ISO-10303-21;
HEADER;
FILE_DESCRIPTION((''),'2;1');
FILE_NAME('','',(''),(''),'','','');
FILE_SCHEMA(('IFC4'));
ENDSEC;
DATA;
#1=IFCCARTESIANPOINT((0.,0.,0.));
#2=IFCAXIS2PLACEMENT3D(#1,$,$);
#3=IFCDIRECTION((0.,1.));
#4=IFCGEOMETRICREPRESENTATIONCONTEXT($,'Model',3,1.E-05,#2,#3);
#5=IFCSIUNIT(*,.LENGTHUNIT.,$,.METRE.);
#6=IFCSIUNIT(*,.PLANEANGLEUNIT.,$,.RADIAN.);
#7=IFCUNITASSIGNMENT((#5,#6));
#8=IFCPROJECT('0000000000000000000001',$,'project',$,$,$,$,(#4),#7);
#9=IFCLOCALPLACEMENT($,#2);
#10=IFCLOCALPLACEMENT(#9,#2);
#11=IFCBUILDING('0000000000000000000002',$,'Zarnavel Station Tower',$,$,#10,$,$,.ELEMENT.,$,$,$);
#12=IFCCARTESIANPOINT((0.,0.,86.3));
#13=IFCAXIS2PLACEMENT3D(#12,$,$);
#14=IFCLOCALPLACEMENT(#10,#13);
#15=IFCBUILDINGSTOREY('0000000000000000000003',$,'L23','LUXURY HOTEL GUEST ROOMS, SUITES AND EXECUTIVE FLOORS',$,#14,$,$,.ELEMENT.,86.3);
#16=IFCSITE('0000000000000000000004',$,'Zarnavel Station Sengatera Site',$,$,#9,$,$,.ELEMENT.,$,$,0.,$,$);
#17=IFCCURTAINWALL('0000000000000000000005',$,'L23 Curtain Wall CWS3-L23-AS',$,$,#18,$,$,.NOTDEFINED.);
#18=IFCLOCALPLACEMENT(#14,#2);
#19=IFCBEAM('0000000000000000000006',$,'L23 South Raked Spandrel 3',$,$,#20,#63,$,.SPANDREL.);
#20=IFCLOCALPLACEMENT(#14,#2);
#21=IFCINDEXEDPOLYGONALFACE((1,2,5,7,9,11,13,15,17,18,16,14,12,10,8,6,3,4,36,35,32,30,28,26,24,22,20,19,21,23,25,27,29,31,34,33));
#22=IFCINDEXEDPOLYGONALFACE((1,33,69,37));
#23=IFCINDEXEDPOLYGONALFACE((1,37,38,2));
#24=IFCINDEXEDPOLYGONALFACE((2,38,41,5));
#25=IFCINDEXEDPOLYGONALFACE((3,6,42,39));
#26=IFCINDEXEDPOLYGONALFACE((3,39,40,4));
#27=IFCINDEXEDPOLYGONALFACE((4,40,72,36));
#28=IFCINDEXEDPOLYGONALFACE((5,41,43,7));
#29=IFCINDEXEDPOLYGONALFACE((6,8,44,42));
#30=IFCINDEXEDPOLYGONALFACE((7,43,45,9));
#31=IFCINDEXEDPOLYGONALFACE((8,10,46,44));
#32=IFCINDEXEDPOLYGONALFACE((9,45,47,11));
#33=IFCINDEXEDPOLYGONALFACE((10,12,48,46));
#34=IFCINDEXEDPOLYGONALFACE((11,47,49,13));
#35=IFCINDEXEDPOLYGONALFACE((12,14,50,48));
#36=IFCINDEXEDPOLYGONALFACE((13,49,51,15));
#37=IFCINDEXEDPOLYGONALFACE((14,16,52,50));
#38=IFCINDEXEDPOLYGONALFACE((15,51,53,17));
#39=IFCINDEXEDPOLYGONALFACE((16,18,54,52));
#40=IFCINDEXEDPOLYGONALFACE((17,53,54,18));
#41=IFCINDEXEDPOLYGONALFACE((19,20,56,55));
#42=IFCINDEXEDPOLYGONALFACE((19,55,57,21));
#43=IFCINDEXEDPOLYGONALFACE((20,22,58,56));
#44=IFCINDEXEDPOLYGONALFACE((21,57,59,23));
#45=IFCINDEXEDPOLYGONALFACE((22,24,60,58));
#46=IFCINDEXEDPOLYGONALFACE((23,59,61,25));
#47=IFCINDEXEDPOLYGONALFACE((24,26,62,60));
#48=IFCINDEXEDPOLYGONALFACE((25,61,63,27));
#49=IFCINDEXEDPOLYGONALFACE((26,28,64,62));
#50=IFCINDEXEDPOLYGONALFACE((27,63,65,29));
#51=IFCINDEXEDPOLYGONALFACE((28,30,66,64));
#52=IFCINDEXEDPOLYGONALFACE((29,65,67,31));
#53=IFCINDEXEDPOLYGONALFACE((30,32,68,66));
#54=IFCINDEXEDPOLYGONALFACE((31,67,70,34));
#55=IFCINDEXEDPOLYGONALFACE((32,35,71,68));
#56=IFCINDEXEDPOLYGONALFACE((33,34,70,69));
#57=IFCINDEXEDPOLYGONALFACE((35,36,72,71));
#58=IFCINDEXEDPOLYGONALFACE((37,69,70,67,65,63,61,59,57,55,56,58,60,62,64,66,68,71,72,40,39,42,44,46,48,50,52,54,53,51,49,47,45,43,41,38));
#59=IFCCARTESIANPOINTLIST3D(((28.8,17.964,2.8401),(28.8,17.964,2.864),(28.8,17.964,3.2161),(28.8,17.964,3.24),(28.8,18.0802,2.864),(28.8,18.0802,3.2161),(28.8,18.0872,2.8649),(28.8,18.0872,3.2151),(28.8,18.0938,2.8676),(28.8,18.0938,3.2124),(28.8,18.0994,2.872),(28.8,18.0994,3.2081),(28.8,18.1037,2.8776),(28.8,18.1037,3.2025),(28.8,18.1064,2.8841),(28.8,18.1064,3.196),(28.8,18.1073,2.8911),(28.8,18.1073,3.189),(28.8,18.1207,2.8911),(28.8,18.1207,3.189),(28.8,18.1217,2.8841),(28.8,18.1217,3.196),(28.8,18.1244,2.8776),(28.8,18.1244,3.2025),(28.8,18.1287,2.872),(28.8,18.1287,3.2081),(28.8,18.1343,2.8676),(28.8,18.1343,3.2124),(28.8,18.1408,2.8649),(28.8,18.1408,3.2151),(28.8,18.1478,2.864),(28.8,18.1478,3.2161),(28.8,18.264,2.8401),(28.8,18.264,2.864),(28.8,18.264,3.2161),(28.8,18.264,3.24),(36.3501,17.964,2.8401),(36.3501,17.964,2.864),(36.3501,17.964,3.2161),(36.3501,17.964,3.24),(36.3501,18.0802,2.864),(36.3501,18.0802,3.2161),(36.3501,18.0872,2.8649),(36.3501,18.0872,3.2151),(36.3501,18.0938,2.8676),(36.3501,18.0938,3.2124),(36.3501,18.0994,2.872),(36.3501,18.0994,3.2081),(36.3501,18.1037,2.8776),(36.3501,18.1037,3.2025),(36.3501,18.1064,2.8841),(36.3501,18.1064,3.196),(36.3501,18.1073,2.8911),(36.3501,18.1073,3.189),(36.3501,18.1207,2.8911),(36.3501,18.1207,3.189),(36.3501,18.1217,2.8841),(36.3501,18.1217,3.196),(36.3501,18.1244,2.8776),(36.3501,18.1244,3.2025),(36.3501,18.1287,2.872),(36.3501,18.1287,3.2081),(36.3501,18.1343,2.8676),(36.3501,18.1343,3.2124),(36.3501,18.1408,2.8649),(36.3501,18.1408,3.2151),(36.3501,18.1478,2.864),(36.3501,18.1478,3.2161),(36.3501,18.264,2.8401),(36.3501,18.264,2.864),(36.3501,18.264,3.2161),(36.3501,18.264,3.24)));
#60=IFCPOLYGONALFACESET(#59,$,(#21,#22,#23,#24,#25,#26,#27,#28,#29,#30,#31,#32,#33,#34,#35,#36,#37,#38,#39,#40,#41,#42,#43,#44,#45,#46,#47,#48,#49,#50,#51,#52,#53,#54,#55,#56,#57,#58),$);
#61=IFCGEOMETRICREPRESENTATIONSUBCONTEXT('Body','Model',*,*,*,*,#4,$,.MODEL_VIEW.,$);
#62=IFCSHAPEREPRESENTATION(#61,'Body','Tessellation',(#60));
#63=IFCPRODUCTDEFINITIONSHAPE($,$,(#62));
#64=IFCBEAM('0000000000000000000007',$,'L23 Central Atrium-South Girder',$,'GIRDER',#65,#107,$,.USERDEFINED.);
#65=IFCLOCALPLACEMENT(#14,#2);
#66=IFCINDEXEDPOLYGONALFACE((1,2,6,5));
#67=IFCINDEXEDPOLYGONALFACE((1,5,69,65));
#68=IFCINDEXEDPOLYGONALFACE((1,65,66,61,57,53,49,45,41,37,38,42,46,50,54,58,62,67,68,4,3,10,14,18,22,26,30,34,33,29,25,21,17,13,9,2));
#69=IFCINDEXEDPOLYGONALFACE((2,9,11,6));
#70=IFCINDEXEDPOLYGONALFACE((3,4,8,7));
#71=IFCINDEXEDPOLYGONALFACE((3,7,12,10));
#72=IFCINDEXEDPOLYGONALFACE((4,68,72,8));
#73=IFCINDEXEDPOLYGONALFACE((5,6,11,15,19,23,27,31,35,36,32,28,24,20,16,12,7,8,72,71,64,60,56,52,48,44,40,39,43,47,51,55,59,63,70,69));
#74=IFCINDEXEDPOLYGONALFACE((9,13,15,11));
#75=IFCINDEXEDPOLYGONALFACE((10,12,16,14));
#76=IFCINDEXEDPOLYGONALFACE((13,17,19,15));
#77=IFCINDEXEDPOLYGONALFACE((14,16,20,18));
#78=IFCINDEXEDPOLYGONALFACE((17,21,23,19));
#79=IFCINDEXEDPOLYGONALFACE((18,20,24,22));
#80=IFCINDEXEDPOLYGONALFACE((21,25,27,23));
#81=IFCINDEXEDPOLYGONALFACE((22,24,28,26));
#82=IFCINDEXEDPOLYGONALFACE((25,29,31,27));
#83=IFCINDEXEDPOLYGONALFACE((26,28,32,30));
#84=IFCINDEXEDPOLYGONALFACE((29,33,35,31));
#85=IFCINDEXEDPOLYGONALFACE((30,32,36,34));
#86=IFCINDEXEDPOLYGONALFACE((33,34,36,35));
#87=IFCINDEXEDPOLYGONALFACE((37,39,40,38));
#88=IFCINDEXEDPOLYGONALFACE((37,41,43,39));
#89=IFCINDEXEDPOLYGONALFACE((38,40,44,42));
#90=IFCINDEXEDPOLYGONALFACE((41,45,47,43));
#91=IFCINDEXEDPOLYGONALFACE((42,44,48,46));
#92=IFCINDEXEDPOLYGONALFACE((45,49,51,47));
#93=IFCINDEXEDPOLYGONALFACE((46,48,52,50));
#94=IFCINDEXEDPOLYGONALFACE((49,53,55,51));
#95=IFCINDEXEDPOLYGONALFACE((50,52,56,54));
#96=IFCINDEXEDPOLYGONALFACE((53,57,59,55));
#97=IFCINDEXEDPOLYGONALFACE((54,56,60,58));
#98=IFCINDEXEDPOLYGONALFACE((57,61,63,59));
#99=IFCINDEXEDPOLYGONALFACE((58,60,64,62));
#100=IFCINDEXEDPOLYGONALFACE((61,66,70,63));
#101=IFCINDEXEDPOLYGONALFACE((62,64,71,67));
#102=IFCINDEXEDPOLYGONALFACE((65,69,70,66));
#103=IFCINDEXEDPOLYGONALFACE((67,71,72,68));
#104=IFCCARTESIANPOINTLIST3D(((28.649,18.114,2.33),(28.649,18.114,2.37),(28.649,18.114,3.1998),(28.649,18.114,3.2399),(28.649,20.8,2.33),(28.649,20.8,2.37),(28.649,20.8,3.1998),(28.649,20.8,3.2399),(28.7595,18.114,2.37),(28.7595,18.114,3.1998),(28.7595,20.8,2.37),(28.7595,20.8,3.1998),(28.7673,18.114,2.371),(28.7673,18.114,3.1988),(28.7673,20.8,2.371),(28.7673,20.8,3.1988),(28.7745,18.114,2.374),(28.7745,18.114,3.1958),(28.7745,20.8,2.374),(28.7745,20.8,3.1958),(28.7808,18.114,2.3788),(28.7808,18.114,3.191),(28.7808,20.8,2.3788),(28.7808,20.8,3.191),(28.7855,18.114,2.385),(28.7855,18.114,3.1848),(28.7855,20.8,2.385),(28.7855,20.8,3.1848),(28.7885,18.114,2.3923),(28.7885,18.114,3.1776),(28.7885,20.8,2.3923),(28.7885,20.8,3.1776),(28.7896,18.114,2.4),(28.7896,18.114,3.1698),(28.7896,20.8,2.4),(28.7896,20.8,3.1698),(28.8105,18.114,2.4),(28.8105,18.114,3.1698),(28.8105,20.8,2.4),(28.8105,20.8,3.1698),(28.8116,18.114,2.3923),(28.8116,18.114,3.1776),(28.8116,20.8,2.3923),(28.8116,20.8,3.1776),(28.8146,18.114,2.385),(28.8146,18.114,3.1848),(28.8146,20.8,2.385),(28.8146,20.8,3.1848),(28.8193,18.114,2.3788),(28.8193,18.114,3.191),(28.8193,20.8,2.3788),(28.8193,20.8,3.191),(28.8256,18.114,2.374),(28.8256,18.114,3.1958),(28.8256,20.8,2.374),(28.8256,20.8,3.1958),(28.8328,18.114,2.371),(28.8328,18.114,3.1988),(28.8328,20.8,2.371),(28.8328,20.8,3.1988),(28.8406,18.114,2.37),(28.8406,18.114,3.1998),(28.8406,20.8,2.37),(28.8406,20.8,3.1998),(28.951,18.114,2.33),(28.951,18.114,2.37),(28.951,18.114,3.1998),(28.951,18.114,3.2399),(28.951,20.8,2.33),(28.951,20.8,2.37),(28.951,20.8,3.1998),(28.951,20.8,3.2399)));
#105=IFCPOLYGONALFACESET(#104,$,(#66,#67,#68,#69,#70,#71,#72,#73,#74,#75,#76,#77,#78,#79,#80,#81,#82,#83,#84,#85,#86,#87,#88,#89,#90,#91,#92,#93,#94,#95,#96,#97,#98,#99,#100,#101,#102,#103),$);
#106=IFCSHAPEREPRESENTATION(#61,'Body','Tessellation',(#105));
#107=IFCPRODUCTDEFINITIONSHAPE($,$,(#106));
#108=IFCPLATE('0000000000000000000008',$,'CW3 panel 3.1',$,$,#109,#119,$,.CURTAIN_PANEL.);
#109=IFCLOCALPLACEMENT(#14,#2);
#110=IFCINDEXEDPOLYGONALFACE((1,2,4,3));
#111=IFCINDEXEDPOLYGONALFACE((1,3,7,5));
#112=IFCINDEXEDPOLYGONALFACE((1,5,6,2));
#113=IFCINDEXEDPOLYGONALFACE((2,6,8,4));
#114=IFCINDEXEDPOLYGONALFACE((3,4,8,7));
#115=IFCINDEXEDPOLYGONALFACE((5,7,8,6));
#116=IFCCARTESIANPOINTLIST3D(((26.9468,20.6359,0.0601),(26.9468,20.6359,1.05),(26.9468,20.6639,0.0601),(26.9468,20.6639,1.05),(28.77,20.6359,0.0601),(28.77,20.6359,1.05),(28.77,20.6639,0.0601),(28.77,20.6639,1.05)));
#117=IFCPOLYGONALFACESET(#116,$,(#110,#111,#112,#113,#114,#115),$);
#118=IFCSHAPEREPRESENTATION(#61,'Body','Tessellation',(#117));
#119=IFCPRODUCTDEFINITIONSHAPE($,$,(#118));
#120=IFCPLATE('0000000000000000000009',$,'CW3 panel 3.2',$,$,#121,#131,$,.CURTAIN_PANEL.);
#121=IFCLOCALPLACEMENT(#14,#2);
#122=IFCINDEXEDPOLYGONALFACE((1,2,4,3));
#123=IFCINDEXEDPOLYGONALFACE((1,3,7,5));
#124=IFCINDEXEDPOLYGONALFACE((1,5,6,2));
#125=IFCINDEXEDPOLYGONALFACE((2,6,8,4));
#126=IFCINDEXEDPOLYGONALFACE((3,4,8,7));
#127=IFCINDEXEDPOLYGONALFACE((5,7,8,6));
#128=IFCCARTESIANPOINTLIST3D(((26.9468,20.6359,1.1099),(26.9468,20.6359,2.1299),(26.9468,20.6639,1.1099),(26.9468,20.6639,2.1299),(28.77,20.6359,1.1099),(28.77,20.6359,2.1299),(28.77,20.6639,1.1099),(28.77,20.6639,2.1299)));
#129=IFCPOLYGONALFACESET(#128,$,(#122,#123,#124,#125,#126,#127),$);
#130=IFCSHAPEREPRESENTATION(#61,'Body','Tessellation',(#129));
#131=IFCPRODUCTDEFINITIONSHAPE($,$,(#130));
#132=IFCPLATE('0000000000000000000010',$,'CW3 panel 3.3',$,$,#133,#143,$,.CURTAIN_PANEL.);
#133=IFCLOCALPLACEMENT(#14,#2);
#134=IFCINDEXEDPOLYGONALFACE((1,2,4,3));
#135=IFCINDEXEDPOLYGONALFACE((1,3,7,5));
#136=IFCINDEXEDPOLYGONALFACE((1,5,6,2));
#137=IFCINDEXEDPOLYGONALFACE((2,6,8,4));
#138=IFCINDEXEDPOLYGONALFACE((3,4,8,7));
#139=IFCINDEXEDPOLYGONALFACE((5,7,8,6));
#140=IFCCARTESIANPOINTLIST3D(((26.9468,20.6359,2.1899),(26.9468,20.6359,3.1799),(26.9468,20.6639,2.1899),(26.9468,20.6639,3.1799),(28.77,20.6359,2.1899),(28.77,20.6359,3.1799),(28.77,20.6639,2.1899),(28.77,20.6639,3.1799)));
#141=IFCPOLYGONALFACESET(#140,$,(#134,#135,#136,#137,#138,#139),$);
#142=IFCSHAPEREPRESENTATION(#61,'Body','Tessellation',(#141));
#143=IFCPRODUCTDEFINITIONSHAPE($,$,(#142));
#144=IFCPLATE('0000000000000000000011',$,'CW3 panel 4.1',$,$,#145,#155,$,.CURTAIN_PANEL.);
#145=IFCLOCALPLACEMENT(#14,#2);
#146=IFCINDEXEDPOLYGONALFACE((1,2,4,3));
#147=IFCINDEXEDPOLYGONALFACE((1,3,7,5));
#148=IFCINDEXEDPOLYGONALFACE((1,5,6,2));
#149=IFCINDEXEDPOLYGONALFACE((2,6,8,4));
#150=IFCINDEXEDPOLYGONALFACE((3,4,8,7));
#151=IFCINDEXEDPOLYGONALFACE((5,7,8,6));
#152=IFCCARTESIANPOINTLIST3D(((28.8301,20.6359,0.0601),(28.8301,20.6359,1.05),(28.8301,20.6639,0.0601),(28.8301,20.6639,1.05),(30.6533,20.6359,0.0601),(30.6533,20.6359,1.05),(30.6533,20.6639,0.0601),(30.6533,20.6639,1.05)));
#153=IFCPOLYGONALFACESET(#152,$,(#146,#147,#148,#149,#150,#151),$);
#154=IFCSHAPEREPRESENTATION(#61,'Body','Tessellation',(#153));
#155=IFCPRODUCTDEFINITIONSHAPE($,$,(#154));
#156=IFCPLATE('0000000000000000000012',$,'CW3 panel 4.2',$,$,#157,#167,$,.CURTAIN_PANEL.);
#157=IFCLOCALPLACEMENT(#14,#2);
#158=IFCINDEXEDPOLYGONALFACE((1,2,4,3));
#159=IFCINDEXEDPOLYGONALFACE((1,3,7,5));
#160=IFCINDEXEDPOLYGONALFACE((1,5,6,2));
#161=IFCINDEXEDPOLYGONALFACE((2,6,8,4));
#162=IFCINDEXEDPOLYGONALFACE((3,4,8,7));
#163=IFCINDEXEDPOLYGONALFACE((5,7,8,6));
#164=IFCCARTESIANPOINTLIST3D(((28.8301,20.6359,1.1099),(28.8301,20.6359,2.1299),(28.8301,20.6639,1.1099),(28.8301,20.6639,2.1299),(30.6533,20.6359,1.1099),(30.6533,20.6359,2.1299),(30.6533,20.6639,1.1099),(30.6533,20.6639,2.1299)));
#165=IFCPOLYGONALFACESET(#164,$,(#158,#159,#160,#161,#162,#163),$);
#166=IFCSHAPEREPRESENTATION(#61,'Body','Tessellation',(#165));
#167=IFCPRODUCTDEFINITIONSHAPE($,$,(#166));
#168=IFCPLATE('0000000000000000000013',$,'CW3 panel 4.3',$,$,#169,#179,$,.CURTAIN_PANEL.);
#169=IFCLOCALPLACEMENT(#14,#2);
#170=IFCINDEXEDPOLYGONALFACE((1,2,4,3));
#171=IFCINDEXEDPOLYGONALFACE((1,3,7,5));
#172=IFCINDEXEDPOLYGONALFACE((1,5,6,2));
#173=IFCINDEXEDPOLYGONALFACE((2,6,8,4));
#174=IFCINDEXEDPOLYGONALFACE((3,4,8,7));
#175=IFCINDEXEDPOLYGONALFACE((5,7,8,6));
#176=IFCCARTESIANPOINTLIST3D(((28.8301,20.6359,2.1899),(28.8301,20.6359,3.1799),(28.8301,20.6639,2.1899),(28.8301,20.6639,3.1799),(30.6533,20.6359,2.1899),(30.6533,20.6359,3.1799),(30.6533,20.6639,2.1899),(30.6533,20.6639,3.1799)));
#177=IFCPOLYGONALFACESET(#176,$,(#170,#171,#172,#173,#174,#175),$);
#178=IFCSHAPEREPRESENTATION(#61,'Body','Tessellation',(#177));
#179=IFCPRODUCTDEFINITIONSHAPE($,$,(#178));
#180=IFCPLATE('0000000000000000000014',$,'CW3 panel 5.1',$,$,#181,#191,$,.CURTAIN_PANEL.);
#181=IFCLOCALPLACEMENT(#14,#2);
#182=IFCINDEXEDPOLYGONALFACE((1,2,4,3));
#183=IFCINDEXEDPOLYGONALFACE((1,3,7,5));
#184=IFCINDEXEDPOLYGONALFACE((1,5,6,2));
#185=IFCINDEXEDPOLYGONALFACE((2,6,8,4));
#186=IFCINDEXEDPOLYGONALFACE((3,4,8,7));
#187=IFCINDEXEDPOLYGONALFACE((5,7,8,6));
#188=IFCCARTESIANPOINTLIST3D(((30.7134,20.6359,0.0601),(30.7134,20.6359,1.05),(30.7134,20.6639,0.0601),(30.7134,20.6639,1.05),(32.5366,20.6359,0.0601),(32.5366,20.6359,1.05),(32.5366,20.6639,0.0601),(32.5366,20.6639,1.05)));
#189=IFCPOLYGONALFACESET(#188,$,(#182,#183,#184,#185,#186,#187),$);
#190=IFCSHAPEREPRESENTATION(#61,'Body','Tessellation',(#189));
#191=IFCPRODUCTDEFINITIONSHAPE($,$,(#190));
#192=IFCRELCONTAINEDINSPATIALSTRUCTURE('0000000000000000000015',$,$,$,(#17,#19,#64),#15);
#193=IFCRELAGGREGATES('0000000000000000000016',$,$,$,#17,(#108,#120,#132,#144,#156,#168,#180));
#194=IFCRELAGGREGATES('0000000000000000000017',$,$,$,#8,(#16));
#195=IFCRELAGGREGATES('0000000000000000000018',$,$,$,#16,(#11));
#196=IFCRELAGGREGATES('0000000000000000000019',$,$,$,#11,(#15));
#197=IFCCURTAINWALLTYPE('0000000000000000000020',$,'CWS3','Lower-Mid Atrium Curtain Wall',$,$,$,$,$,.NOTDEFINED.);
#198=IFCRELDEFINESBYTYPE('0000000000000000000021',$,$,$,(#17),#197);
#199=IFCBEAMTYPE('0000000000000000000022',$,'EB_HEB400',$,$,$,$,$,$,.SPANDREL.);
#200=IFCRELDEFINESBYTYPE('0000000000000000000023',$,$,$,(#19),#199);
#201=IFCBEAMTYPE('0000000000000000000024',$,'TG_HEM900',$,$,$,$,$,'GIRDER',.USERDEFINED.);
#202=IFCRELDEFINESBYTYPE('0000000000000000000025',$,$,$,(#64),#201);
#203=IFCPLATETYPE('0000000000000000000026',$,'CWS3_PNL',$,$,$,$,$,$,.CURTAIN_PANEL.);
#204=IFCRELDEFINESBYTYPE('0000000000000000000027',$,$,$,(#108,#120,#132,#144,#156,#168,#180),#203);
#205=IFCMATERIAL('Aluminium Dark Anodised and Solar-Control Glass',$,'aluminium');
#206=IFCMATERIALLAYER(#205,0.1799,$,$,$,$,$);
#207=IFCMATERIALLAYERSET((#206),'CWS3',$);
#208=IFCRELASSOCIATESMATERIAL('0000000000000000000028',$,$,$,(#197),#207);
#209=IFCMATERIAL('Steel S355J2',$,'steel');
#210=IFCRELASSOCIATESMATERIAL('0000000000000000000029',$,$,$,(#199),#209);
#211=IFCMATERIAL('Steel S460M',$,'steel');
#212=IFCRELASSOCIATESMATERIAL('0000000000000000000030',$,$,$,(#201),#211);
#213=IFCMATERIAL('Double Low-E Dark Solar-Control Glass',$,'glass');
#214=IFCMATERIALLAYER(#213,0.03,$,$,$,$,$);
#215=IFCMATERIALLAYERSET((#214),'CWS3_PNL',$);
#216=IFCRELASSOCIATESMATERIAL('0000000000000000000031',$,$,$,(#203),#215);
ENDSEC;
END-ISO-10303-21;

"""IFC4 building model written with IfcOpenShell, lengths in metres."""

from ifc_helpers import new_model, si_unit, direction, frame, origin, origin_2d, place, context, subcontext, project, spatial, rectangle, i_section, extrude, material, layer, layer_set, material_profile, profile_set, type_object, element, aggregate, save


model = new_model("IFC4")

# Units and contexts
model_context = context("Model", 3, precision=1e-05, world=origin(), true_north=direction((0.0, 1.0)))
body_context = subcontext(model_context, "Body", "Model", "MODEL_VIEW")
ifc_project = project(units=[si_unit("LENGTHUNIT", "METRE"), si_unit("PLANEANGLEUNIT", "RADIAN")], contexts=[model_context])

# Site, building, storey
site_placement = place(None, origin())
site = spatial("IfcSite", under=ifc_project, at=site_placement, Name="Zarnavel Station Sengatera Site", CompositionType="ELEMENT", RefElevation=0.0)
building_placement = place(site_placement, origin())
building = spatial("IfcBuilding", under=site, at=building_placement, Name="Zarnavel Station Tower", CompositionType="ELEMENT")
storey_placement = place(building_placement, frame((0.0, 0.0, 86.3)))
storey = spatial("IfcBuildingStorey", under=building, at=storey_placement, Name="L23", Description="LUXURY HOTEL GUEST ROOMS, SUITES AND EXECUTIVE FLOORS", CompositionType="ELEMENT", Elevation=86.3)

# Curtain wall
ifc_material_1 = material(Name="Aluminium Dark Anodised and Solar-Control Glass", Category="aluminium")
ifc_layer_1 = layer(ifc_material_1, 0.1799)
ifc_layer_set_1 = layer_set([ifc_layer_1], Name="CWS3")
curtain_wall_type = type_object("IfcCurtainWallType", Name="CWS3", Description="Lower-Mid Atrium Curtain Wall", PredefinedType="NOTDEFINED", material=ifc_layer_set_1)
curtain_wall_placement = place(storey_placement, origin())
curtain_wall = element("IfcCurtainWall", 1, at=curtain_wall_placement, inside=storey, type_object=curtain_wall_type, Name="L23 Curtain Wall CWS3-L23-AS", PredefinedType="NOTDEFINED")

# Beams
ifc_material_2 = material(Name="Steel S355J2", Category="steel")
ifc_material_profile_1 = material_profile(ifc_material_2, i_section(OverallWidth=0.3, OverallDepth=0.3999, WebThickness=0.0134, FlangeThickness=0.0239, FilletRadius=0.0271, at=origin_2d()), Name="HEB400")
ifc_profile_set_1 = profile_set([ifc_material_profile_1], Name="Steel S355J2")
beam_type_1 = type_object("IfcBeamType", Name="EB_HEB400", PredefinedType="SPANDREL", material=ifc_profile_set_1)
beam_1_placement = place(storey_placement, frame((28.8, 18.114, 3.04), z_axis=(1.0, 0.0, 0.0), x_axis=(0.0, 1.0, 0.0)))
element("IfcBeam", 2, at=beam_1_placement, inside=storey, type_object=beam_type_1, Name="L23 South Raked Spandrel 3", PredefinedType="SPANDREL", context=body_context, shape_type="SweptSolid", body=[
    extrude(i_section(OverallWidth=0.3, OverallDepth=0.3999, WebThickness=0.0134, FlangeThickness=0.0239, FilletRadius=0.0271, at=origin_2d()), origin(), (0.0, 0.0, 1.0), 7.55),
])
ifc_material_3 = material(Name="Steel S460M", Category="steel")
ifc_material_profile_2 = material_profile(ifc_material_3, i_section(OverallWidth=0.302, OverallDepth=0.9099, WebThickness=0.021, FlangeThickness=0.04, FilletRadius=0.03, at=origin_2d()), Name="HEM900")
ifc_profile_set_2 = profile_set([ifc_material_profile_2], Name="Steel S460M")
beam_type_2 = type_object("IfcBeamType", Name="TG_HEM900", ElementType="GIRDER", PredefinedType="USERDEFINED", material=ifc_profile_set_2)
beam_2_placement = place(storey_placement, frame((28.8, 18.114, 2.7849), z_axis=(0.0, 1.0, 0.0), x_axis=(-1.0, 0.0, 0.0)))
element("IfcBeam", 3, at=beam_2_placement, inside=storey, type_object=beam_type_2, Name="L23 Central Atrium-South Girder", ObjectType="GIRDER", PredefinedType="USERDEFINED", context=body_context, shape_type="SweptSolid", body=[
    extrude(i_section(OverallWidth=0.302, OverallDepth=0.9099, WebThickness=0.021, FlangeThickness=0.04, FilletRadius=0.03, at=origin_2d()), origin(), (0.0, 0.0, 1.0), 2.686),
])

# Plates
ifc_material_4 = material(Name="Double Low-E Dark Solar-Control Glass", Category="glass")
ifc_layer_2 = layer(ifc_material_4, 0.03)
ifc_layer_set_2 = layer_set([ifc_layer_2], Name="CWS3_PNL")
plate_type = type_object("IfcPlateType", Name="CWS3_PNL", PredefinedType="CURTAIN_PANEL", material=ifc_layer_set_2)
plate_1_placement = place(storey_placement, frame((27.8584, 20.6499, 0.0601), z_axis=(0.0, 0.0, 1.0), x_axis=(1.0, 0.0, 0.0)))
plate_1 = element("IfcPlate", 4, at=plate_1_placement, type_object=plate_type, Name="CW3 panel 3.1", PredefinedType="CURTAIN_PANEL", context=body_context, shape_type="SweptSolid", body=[
    extrude(rectangle(XDim=1.8232, YDim=0.0281, at=origin_2d()), origin(), (0.0, 0.0, 1.0), 0.99),
])
plate_2_placement = place(storey_placement, frame((27.8584, 20.6499, 1.1099), z_axis=(0.0, 0.0, 1.0), x_axis=(1.0, 0.0, 0.0)))
plate_2 = element("IfcPlate", 5, at=plate_2_placement, type_object=plate_type, Name="CW3 panel 3.2", PredefinedType="CURTAIN_PANEL", context=body_context, shape_type="SweptSolid", body=[
    extrude(rectangle(XDim=1.8232, YDim=0.0281, at=origin_2d()), origin(), (0.0, 0.0, 1.0), 1.02),
])
plate_3_placement = place(storey_placement, frame((27.8584, 20.6499, 2.1899), z_axis=(0.0, 0.0, 1.0), x_axis=(1.0, 0.0, 0.0)))
plate_3 = element("IfcPlate", 6, at=plate_3_placement, type_object=plate_type, Name="CW3 panel 3.3", PredefinedType="CURTAIN_PANEL", context=body_context, shape_type="SweptSolid", body=[
    extrude(rectangle(XDim=1.8232, YDim=0.0281, at=origin_2d()), origin(), (0.0, 0.0, 1.0), 0.99),
])
plate_4_placement = place(storey_placement, frame((29.7417, 20.6499, 0.0601), z_axis=(0.0, 0.0, 1.0), x_axis=(1.0, 0.0, 0.0)))
plate_4 = element("IfcPlate", 7, at=plate_4_placement, type_object=plate_type, Name="CW3 panel 4.1", PredefinedType="CURTAIN_PANEL", context=body_context, shape_type="SweptSolid", body=[
    extrude(rectangle(XDim=1.8232, YDim=0.0281, at=origin_2d()), origin(), (0.0, 0.0, 1.0), 0.99),
])
plate_5_placement = place(storey_placement, frame((29.7417, 20.6499, 1.1099), z_axis=(0.0, 0.0, 1.0), x_axis=(1.0, 0.0, 0.0)))
plate_5 = element("IfcPlate", 8, at=plate_5_placement, type_object=plate_type, Name="CW3 panel 4.2", PredefinedType="CURTAIN_PANEL", context=body_context, shape_type="SweptSolid", body=[
    extrude(rectangle(XDim=1.8232, YDim=0.0281, at=origin_2d()), origin(), (0.0, 0.0, 1.0), 1.02),
])
plate_6_placement = place(storey_placement, frame((29.7417, 20.6499, 2.1899), z_axis=(0.0, 0.0, 1.0), x_axis=(1.0, 0.0, 0.0)))
plate_6 = element("IfcPlate", 9, at=plate_6_placement, type_object=plate_type, Name="CW3 panel 4.3", PredefinedType="CURTAIN_PANEL", context=body_context, shape_type="SweptSolid", body=[
    extrude(rectangle(XDim=1.8232, YDim=0.0281, at=origin_2d()), origin(), (0.0, 0.0, 1.0), 0.99),
])
plate_7_placement = place(storey_placement, frame((31.625, 20.6499, 0.0601), z_axis=(0.0, 0.0, 1.0), x_axis=(1.0, 0.0, 0.0)))
plate_7 = element("IfcPlate", 10, at=plate_7_placement, type_object=plate_type, Name="CW3 panel 5.1", PredefinedType="CURTAIN_PANEL", context=body_context, shape_type="SweptSolid", body=[
    extrude(rectangle(XDim=1.8232, YDim=0.0281, at=origin_2d()), origin(), (0.0, 0.0, 1.0), 0.99),
])
aggregate(curtain_wall, [plate_1, plate_2, plate_3, plate_4, plate_5, plate_6, plate_7])

save(model, "model.ifc")
